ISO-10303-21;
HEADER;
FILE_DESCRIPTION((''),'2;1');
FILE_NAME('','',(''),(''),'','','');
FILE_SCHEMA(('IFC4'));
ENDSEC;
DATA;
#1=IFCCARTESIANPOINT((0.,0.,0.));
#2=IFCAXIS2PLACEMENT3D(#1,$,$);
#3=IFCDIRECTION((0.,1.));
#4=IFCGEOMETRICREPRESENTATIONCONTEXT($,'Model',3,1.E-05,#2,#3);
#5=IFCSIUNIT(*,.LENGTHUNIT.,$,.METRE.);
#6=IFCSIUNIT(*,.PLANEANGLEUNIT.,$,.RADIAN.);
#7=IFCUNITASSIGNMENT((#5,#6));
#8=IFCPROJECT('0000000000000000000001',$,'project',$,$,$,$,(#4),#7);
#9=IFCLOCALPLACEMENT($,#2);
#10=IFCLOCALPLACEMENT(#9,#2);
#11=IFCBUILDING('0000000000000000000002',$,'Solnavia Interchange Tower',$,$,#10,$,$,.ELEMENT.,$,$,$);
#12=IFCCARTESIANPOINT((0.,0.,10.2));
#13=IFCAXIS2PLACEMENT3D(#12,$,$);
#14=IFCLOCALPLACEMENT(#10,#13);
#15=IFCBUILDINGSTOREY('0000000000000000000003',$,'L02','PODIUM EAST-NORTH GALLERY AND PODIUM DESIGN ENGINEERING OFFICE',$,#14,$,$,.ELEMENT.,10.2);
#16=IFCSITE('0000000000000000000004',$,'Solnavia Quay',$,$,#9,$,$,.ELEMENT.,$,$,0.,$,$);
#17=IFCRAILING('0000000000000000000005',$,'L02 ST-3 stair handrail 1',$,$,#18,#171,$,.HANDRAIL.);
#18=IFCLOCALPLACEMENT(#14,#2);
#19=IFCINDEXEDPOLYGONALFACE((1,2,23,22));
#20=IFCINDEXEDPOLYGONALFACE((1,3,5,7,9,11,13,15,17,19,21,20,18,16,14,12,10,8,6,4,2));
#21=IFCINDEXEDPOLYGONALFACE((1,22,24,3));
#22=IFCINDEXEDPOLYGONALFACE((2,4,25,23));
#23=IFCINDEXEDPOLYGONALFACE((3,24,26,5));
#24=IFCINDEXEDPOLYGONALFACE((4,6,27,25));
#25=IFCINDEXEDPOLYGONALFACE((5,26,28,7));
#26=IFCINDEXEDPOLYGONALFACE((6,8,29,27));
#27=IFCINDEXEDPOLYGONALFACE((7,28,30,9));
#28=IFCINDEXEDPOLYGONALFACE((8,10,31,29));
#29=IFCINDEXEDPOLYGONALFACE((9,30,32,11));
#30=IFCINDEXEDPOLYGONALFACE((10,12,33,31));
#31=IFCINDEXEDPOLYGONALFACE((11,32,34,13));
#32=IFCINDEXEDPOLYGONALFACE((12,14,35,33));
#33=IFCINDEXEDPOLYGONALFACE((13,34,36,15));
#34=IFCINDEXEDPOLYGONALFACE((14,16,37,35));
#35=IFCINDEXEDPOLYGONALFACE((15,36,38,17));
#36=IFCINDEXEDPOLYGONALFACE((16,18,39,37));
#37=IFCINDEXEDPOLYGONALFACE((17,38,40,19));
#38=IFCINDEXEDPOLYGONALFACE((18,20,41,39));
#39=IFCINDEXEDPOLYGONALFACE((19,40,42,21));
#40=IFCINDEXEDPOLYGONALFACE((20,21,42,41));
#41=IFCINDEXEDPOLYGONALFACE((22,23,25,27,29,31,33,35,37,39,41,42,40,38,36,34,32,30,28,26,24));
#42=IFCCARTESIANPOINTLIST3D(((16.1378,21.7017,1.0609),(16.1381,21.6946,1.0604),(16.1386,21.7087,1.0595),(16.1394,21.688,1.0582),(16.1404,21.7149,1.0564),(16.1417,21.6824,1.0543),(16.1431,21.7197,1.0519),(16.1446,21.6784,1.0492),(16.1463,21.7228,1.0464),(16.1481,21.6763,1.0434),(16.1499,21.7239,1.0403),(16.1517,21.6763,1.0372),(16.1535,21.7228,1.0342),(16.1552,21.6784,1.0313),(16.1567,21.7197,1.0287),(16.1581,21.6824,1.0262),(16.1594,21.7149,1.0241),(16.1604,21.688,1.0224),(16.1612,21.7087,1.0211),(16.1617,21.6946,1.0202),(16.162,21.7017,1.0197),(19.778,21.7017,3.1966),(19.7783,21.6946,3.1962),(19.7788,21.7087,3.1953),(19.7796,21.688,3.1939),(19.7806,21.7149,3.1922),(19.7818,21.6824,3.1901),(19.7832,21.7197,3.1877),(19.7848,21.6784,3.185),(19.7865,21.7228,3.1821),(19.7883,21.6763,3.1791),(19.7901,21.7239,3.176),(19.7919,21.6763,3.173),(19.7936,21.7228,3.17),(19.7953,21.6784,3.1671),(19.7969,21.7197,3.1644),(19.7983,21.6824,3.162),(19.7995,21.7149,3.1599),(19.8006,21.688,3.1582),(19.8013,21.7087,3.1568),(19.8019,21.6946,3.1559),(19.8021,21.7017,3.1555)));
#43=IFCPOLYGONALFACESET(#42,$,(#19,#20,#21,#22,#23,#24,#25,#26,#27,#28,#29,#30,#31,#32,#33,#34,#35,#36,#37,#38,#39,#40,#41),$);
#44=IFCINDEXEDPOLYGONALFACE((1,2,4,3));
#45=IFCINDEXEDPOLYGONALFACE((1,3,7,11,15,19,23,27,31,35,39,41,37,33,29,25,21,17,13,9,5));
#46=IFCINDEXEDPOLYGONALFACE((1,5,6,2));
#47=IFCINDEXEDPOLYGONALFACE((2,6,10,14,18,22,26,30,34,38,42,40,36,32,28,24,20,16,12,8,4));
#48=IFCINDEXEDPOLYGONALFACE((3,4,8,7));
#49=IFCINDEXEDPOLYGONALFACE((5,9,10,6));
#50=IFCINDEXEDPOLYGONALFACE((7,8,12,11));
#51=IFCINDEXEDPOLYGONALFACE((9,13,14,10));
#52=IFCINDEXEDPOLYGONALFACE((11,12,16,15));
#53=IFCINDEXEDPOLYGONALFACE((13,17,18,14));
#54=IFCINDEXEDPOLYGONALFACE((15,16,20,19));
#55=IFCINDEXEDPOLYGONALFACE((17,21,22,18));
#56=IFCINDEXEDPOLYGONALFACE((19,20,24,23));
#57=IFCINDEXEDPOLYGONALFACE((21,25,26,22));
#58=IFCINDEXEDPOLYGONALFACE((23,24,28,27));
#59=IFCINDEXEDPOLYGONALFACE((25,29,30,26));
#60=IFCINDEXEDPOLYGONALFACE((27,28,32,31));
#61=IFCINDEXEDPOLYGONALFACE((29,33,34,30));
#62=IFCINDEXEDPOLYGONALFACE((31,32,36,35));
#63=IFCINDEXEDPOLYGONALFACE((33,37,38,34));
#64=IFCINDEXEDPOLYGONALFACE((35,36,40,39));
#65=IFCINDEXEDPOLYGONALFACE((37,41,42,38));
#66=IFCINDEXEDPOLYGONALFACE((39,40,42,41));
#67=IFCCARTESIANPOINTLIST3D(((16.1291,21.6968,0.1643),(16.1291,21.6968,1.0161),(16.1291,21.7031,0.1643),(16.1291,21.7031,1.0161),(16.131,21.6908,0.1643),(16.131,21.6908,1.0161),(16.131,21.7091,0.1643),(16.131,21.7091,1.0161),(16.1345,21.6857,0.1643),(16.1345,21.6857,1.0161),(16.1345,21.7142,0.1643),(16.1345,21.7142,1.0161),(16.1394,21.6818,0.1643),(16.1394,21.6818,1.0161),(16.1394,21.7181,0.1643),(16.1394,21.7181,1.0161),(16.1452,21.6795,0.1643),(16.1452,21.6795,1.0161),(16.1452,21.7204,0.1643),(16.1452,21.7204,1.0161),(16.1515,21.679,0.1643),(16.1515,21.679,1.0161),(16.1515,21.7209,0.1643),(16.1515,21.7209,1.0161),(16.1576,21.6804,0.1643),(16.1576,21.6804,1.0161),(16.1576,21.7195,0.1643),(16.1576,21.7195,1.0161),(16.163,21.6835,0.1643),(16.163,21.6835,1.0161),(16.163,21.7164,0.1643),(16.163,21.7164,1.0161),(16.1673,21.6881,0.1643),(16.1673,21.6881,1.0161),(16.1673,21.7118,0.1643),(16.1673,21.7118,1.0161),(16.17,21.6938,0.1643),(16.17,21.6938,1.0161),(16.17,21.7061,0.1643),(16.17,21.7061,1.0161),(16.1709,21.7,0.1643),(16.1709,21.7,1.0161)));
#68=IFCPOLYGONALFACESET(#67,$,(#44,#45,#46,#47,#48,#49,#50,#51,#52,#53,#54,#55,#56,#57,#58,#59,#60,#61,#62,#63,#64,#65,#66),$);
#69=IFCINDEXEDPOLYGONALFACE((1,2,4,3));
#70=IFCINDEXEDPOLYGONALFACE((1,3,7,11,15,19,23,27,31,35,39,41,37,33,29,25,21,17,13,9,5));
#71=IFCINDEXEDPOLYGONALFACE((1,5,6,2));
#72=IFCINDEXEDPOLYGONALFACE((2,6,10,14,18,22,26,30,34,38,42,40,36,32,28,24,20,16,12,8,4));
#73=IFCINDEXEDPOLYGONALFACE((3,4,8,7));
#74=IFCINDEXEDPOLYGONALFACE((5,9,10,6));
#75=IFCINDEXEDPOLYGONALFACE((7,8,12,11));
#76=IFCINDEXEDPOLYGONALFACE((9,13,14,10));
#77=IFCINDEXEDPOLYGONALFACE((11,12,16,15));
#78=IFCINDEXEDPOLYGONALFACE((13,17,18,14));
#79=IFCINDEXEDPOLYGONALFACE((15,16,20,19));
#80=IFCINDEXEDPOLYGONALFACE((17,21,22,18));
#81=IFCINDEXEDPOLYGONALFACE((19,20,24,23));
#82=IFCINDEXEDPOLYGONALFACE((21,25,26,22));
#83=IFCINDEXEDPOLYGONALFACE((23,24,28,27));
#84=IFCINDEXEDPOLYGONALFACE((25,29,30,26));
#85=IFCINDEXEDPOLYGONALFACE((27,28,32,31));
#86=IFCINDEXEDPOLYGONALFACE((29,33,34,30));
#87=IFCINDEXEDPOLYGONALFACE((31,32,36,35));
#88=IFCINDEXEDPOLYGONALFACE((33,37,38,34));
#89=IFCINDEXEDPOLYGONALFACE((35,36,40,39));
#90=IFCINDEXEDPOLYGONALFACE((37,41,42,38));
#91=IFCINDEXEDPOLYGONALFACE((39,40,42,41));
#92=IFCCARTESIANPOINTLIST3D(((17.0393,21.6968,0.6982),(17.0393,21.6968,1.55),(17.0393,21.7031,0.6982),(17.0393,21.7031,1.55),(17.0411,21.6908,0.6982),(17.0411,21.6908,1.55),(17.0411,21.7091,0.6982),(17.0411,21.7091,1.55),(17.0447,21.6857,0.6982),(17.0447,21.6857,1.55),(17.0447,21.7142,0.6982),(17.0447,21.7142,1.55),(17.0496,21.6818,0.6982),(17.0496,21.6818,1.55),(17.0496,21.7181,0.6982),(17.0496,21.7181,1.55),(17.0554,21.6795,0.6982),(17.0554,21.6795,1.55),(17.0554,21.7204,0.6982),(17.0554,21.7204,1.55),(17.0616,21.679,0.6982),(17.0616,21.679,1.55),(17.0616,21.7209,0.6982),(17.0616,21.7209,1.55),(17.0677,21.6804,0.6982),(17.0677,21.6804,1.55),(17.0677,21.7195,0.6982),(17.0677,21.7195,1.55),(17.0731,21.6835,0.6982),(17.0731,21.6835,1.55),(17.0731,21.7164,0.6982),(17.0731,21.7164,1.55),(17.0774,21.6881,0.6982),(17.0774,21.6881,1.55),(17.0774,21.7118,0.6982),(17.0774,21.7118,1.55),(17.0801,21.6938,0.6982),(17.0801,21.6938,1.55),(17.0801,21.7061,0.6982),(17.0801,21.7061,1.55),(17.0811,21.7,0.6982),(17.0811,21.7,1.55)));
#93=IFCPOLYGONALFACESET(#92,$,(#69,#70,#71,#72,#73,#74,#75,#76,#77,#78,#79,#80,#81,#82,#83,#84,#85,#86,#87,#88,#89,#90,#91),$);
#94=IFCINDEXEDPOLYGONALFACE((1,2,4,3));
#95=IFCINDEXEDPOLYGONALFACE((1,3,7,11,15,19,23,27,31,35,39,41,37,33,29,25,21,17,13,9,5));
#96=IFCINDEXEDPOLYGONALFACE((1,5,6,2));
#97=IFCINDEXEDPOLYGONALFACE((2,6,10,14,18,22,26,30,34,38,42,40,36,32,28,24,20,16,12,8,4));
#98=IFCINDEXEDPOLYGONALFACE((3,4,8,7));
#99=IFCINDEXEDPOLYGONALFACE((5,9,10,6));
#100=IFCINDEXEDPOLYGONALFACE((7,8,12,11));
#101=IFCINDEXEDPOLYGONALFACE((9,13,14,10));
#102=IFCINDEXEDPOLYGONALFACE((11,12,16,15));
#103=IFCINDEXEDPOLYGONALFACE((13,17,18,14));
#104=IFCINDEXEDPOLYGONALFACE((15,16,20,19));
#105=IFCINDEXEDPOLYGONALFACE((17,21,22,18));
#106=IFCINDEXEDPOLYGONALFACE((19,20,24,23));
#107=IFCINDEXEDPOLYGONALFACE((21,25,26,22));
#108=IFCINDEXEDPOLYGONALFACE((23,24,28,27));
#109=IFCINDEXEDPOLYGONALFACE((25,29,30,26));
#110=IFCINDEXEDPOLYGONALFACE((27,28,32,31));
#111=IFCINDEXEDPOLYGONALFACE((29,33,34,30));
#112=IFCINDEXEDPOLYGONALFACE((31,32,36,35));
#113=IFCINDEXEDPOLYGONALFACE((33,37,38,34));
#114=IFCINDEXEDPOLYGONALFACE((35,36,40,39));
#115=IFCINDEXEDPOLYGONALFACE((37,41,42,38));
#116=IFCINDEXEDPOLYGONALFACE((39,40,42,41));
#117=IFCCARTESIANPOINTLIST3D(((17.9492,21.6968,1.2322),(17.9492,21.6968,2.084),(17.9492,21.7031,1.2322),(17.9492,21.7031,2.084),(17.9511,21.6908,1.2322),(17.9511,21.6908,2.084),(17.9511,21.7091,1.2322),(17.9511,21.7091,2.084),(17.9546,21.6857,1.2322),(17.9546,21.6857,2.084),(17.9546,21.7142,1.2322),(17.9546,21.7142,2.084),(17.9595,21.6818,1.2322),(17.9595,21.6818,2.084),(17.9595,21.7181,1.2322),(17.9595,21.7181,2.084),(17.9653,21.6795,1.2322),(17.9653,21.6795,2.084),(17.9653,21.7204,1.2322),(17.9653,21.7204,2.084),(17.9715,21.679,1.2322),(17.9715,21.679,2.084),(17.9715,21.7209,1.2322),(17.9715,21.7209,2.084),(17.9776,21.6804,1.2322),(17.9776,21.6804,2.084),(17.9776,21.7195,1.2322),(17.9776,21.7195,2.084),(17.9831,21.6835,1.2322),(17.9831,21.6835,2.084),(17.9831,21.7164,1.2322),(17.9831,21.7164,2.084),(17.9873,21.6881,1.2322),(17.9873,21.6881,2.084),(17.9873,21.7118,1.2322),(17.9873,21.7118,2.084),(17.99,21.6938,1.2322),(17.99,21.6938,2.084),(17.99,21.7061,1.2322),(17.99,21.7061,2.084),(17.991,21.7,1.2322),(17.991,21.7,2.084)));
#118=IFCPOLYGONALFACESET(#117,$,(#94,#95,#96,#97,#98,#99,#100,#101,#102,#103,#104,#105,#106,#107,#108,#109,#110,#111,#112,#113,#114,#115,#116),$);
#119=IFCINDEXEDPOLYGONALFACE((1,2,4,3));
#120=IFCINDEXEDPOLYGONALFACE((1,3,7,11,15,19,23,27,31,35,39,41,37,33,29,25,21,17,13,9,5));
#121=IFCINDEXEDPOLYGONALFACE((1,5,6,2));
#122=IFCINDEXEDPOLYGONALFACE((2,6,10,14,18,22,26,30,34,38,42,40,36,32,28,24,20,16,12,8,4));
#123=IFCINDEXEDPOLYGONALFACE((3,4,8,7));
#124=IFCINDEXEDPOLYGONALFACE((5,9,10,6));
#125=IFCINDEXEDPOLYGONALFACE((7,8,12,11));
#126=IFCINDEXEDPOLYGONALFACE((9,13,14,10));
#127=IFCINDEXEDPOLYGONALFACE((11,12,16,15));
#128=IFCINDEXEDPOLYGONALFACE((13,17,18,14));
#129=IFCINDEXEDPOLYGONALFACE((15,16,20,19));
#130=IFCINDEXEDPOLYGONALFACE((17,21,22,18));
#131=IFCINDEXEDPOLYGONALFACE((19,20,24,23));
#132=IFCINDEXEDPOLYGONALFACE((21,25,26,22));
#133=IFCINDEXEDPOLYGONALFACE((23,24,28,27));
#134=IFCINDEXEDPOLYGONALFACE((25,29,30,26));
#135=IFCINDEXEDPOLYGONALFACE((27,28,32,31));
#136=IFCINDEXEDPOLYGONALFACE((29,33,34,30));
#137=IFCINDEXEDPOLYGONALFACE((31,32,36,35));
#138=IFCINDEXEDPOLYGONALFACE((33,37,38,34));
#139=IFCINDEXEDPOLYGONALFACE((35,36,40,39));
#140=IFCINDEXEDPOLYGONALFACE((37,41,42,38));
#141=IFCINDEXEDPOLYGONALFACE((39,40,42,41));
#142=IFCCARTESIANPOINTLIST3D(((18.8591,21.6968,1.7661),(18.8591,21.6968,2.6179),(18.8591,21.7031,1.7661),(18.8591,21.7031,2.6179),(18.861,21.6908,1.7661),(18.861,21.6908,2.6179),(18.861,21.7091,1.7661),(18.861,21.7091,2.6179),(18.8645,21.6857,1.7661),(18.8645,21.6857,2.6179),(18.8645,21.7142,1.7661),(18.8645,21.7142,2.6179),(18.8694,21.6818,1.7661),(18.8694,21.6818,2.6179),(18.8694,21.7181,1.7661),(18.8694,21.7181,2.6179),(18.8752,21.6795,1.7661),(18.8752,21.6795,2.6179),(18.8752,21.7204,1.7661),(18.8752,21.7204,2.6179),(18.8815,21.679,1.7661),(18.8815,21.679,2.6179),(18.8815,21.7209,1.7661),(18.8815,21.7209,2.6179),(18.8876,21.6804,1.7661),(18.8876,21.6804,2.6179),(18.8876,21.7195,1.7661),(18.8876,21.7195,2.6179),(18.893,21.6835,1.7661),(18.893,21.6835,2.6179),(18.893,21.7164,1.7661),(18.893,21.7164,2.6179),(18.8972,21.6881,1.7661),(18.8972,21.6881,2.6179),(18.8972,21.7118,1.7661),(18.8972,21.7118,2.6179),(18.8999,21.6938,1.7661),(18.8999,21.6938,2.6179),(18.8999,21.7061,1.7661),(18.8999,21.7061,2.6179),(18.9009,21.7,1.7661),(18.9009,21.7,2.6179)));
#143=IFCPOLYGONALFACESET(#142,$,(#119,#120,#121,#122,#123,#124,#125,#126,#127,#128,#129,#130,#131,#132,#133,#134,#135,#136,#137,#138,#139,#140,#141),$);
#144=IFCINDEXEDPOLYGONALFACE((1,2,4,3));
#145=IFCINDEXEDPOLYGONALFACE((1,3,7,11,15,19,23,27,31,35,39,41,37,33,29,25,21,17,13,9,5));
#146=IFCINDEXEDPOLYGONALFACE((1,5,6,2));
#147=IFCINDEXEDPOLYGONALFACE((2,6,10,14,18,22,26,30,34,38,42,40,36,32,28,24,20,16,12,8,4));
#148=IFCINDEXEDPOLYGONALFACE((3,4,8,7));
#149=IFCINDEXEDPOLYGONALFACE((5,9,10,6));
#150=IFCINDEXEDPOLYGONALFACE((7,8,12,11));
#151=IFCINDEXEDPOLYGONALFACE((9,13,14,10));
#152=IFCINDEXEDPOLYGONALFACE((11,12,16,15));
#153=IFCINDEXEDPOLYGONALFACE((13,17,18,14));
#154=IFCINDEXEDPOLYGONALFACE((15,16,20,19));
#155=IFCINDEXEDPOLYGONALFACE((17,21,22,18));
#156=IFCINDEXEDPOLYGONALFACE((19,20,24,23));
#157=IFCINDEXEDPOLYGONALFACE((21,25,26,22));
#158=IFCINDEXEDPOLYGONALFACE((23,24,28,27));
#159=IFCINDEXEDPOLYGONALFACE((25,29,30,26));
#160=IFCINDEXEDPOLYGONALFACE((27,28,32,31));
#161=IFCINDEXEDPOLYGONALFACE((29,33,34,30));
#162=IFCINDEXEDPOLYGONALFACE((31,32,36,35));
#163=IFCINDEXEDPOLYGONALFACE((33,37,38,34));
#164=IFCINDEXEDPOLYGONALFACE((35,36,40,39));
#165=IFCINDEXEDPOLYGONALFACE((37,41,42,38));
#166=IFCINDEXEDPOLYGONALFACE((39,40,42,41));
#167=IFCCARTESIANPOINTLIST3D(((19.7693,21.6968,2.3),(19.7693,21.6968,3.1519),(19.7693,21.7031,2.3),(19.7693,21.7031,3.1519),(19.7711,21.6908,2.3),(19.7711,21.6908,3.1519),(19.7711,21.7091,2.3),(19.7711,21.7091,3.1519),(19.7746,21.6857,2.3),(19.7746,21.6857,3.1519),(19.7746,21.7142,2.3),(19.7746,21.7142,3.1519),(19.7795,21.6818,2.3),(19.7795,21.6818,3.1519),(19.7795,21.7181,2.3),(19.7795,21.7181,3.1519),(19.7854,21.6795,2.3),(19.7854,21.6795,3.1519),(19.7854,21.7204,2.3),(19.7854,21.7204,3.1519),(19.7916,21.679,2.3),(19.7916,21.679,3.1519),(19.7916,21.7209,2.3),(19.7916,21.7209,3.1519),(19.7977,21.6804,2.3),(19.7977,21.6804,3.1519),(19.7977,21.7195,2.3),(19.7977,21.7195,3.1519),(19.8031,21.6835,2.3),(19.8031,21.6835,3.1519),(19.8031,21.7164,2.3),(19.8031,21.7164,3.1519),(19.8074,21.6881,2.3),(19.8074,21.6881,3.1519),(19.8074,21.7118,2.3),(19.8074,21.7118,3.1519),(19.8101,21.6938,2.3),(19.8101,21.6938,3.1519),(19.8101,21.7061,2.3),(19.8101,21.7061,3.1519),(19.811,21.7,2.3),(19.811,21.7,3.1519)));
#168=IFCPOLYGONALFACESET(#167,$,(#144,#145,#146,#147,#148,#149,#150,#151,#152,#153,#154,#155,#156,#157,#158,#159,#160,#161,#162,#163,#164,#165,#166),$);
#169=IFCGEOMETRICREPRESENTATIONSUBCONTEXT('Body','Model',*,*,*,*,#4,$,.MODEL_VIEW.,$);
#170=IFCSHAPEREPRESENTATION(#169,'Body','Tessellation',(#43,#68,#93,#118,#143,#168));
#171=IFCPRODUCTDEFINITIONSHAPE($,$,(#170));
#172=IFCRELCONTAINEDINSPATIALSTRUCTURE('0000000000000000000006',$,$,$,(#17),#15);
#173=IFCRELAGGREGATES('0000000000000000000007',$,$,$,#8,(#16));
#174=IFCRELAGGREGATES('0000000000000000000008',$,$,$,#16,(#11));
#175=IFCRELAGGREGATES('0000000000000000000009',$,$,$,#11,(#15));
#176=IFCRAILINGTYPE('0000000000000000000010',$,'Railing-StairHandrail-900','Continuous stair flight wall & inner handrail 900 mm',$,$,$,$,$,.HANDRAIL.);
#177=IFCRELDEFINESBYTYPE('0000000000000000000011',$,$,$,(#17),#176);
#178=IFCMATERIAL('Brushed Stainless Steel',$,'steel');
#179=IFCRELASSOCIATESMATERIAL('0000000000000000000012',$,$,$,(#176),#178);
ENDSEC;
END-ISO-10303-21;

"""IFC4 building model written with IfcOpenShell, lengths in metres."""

from ifc_helpers import new_model, si_unit, direction, frame, origin, origin_2d, place, context, subcontext, project, spatial, circle, extrude, material, type_object, element, save


model = new_model("IFC4")

# Units and contexts
model_context = context("Model", 3, precision=1e-05, world=origin(), true_north=direction((0.0, 1.0)))
body_context = subcontext(model_context, "Body", "Model", "MODEL_VIEW")
ifc_project = project(units=[si_unit("LENGTHUNIT", "METRE"), si_unit("PLANEANGLEUNIT", "RADIAN")], contexts=[model_context])

# Site, building, storey
site_placement = place(None, origin())
site = spatial("IfcSite", under=ifc_project, at=site_placement, Name="Solnavia Quay", CompositionType="ELEMENT", RefElevation=0.0)
building_placement = place(site_placement, origin())
building = spatial("IfcBuilding", under=site, at=building_placement, Name="Solnavia Interchange Tower", CompositionType="ELEMENT")
storey_placement = place(building_placement, frame((0.0, 0.0, 10.2)))
storey = spatial("IfcBuildingStorey", under=building, at=storey_placement, Name="L02", Description="PODIUM EAST-NORTH GALLERY AND PODIUM DESIGN ENGINEERING OFFICE", CompositionType="ELEMENT", Elevation=10.2)

# Railing
ifc_material_1 = material(Name="Brushed Stainless Steel", Category="steel")
railing_type_1 = type_object("IfcRailingType", Name="Railing-StairHandrail-900", Description="Continuous stair flight wall & inner handrail 900 mm", PredefinedType="HANDRAIL", material=ifc_material_1)
railing_1_placement = place(storey_placement, frame((16.1499, 21.7, 0.1643)))
element("IfcRailing", 1, at=railing_1_placement, inside=storey, type_object=railing_type_1, Name="L02 ST-3 stair handrail 1", PredefinedType="HANDRAIL", context=body_context, shape_type="SweptSolid", body=[
    extrude(circle(Radius=0.0239, at=origin_2d()), frame((0.0, 0.0, 0.876), z_axis=(0.862505, 0.0, 0.506049), x_axis=(0.0, 1.0, 0.0)), (0.0, 0.0, 1.0), 4.2205),
    extrude(circle(Radius=0.021, at=origin_2d()), origin(), (0.0, 0.0, 1.0), 0.8518),
    extrude(circle(Radius=0.021, at=origin_2d()), frame((0.9102, 0.0, 0.5339)), (0.0, 0.0, 1.0), 0.8518),
    extrude(circle(Radius=0.021, at=origin_2d()), frame((1.8201, 0.0, 1.0679)), (0.0, 0.0, 1.0), 0.8518),
    extrude(circle(Radius=0.021, at=origin_2d()), frame((2.73, 0.0, 1.6018)), (0.0, 0.0, 1.0), 0.8518),
    extrude(circle(Radius=0.021, at=origin_2d()), frame((3.6401, 0.0, 2.1357)), (0.0, 0.0, 1.0), 0.8518),
])

save(model, "model.ifc")
